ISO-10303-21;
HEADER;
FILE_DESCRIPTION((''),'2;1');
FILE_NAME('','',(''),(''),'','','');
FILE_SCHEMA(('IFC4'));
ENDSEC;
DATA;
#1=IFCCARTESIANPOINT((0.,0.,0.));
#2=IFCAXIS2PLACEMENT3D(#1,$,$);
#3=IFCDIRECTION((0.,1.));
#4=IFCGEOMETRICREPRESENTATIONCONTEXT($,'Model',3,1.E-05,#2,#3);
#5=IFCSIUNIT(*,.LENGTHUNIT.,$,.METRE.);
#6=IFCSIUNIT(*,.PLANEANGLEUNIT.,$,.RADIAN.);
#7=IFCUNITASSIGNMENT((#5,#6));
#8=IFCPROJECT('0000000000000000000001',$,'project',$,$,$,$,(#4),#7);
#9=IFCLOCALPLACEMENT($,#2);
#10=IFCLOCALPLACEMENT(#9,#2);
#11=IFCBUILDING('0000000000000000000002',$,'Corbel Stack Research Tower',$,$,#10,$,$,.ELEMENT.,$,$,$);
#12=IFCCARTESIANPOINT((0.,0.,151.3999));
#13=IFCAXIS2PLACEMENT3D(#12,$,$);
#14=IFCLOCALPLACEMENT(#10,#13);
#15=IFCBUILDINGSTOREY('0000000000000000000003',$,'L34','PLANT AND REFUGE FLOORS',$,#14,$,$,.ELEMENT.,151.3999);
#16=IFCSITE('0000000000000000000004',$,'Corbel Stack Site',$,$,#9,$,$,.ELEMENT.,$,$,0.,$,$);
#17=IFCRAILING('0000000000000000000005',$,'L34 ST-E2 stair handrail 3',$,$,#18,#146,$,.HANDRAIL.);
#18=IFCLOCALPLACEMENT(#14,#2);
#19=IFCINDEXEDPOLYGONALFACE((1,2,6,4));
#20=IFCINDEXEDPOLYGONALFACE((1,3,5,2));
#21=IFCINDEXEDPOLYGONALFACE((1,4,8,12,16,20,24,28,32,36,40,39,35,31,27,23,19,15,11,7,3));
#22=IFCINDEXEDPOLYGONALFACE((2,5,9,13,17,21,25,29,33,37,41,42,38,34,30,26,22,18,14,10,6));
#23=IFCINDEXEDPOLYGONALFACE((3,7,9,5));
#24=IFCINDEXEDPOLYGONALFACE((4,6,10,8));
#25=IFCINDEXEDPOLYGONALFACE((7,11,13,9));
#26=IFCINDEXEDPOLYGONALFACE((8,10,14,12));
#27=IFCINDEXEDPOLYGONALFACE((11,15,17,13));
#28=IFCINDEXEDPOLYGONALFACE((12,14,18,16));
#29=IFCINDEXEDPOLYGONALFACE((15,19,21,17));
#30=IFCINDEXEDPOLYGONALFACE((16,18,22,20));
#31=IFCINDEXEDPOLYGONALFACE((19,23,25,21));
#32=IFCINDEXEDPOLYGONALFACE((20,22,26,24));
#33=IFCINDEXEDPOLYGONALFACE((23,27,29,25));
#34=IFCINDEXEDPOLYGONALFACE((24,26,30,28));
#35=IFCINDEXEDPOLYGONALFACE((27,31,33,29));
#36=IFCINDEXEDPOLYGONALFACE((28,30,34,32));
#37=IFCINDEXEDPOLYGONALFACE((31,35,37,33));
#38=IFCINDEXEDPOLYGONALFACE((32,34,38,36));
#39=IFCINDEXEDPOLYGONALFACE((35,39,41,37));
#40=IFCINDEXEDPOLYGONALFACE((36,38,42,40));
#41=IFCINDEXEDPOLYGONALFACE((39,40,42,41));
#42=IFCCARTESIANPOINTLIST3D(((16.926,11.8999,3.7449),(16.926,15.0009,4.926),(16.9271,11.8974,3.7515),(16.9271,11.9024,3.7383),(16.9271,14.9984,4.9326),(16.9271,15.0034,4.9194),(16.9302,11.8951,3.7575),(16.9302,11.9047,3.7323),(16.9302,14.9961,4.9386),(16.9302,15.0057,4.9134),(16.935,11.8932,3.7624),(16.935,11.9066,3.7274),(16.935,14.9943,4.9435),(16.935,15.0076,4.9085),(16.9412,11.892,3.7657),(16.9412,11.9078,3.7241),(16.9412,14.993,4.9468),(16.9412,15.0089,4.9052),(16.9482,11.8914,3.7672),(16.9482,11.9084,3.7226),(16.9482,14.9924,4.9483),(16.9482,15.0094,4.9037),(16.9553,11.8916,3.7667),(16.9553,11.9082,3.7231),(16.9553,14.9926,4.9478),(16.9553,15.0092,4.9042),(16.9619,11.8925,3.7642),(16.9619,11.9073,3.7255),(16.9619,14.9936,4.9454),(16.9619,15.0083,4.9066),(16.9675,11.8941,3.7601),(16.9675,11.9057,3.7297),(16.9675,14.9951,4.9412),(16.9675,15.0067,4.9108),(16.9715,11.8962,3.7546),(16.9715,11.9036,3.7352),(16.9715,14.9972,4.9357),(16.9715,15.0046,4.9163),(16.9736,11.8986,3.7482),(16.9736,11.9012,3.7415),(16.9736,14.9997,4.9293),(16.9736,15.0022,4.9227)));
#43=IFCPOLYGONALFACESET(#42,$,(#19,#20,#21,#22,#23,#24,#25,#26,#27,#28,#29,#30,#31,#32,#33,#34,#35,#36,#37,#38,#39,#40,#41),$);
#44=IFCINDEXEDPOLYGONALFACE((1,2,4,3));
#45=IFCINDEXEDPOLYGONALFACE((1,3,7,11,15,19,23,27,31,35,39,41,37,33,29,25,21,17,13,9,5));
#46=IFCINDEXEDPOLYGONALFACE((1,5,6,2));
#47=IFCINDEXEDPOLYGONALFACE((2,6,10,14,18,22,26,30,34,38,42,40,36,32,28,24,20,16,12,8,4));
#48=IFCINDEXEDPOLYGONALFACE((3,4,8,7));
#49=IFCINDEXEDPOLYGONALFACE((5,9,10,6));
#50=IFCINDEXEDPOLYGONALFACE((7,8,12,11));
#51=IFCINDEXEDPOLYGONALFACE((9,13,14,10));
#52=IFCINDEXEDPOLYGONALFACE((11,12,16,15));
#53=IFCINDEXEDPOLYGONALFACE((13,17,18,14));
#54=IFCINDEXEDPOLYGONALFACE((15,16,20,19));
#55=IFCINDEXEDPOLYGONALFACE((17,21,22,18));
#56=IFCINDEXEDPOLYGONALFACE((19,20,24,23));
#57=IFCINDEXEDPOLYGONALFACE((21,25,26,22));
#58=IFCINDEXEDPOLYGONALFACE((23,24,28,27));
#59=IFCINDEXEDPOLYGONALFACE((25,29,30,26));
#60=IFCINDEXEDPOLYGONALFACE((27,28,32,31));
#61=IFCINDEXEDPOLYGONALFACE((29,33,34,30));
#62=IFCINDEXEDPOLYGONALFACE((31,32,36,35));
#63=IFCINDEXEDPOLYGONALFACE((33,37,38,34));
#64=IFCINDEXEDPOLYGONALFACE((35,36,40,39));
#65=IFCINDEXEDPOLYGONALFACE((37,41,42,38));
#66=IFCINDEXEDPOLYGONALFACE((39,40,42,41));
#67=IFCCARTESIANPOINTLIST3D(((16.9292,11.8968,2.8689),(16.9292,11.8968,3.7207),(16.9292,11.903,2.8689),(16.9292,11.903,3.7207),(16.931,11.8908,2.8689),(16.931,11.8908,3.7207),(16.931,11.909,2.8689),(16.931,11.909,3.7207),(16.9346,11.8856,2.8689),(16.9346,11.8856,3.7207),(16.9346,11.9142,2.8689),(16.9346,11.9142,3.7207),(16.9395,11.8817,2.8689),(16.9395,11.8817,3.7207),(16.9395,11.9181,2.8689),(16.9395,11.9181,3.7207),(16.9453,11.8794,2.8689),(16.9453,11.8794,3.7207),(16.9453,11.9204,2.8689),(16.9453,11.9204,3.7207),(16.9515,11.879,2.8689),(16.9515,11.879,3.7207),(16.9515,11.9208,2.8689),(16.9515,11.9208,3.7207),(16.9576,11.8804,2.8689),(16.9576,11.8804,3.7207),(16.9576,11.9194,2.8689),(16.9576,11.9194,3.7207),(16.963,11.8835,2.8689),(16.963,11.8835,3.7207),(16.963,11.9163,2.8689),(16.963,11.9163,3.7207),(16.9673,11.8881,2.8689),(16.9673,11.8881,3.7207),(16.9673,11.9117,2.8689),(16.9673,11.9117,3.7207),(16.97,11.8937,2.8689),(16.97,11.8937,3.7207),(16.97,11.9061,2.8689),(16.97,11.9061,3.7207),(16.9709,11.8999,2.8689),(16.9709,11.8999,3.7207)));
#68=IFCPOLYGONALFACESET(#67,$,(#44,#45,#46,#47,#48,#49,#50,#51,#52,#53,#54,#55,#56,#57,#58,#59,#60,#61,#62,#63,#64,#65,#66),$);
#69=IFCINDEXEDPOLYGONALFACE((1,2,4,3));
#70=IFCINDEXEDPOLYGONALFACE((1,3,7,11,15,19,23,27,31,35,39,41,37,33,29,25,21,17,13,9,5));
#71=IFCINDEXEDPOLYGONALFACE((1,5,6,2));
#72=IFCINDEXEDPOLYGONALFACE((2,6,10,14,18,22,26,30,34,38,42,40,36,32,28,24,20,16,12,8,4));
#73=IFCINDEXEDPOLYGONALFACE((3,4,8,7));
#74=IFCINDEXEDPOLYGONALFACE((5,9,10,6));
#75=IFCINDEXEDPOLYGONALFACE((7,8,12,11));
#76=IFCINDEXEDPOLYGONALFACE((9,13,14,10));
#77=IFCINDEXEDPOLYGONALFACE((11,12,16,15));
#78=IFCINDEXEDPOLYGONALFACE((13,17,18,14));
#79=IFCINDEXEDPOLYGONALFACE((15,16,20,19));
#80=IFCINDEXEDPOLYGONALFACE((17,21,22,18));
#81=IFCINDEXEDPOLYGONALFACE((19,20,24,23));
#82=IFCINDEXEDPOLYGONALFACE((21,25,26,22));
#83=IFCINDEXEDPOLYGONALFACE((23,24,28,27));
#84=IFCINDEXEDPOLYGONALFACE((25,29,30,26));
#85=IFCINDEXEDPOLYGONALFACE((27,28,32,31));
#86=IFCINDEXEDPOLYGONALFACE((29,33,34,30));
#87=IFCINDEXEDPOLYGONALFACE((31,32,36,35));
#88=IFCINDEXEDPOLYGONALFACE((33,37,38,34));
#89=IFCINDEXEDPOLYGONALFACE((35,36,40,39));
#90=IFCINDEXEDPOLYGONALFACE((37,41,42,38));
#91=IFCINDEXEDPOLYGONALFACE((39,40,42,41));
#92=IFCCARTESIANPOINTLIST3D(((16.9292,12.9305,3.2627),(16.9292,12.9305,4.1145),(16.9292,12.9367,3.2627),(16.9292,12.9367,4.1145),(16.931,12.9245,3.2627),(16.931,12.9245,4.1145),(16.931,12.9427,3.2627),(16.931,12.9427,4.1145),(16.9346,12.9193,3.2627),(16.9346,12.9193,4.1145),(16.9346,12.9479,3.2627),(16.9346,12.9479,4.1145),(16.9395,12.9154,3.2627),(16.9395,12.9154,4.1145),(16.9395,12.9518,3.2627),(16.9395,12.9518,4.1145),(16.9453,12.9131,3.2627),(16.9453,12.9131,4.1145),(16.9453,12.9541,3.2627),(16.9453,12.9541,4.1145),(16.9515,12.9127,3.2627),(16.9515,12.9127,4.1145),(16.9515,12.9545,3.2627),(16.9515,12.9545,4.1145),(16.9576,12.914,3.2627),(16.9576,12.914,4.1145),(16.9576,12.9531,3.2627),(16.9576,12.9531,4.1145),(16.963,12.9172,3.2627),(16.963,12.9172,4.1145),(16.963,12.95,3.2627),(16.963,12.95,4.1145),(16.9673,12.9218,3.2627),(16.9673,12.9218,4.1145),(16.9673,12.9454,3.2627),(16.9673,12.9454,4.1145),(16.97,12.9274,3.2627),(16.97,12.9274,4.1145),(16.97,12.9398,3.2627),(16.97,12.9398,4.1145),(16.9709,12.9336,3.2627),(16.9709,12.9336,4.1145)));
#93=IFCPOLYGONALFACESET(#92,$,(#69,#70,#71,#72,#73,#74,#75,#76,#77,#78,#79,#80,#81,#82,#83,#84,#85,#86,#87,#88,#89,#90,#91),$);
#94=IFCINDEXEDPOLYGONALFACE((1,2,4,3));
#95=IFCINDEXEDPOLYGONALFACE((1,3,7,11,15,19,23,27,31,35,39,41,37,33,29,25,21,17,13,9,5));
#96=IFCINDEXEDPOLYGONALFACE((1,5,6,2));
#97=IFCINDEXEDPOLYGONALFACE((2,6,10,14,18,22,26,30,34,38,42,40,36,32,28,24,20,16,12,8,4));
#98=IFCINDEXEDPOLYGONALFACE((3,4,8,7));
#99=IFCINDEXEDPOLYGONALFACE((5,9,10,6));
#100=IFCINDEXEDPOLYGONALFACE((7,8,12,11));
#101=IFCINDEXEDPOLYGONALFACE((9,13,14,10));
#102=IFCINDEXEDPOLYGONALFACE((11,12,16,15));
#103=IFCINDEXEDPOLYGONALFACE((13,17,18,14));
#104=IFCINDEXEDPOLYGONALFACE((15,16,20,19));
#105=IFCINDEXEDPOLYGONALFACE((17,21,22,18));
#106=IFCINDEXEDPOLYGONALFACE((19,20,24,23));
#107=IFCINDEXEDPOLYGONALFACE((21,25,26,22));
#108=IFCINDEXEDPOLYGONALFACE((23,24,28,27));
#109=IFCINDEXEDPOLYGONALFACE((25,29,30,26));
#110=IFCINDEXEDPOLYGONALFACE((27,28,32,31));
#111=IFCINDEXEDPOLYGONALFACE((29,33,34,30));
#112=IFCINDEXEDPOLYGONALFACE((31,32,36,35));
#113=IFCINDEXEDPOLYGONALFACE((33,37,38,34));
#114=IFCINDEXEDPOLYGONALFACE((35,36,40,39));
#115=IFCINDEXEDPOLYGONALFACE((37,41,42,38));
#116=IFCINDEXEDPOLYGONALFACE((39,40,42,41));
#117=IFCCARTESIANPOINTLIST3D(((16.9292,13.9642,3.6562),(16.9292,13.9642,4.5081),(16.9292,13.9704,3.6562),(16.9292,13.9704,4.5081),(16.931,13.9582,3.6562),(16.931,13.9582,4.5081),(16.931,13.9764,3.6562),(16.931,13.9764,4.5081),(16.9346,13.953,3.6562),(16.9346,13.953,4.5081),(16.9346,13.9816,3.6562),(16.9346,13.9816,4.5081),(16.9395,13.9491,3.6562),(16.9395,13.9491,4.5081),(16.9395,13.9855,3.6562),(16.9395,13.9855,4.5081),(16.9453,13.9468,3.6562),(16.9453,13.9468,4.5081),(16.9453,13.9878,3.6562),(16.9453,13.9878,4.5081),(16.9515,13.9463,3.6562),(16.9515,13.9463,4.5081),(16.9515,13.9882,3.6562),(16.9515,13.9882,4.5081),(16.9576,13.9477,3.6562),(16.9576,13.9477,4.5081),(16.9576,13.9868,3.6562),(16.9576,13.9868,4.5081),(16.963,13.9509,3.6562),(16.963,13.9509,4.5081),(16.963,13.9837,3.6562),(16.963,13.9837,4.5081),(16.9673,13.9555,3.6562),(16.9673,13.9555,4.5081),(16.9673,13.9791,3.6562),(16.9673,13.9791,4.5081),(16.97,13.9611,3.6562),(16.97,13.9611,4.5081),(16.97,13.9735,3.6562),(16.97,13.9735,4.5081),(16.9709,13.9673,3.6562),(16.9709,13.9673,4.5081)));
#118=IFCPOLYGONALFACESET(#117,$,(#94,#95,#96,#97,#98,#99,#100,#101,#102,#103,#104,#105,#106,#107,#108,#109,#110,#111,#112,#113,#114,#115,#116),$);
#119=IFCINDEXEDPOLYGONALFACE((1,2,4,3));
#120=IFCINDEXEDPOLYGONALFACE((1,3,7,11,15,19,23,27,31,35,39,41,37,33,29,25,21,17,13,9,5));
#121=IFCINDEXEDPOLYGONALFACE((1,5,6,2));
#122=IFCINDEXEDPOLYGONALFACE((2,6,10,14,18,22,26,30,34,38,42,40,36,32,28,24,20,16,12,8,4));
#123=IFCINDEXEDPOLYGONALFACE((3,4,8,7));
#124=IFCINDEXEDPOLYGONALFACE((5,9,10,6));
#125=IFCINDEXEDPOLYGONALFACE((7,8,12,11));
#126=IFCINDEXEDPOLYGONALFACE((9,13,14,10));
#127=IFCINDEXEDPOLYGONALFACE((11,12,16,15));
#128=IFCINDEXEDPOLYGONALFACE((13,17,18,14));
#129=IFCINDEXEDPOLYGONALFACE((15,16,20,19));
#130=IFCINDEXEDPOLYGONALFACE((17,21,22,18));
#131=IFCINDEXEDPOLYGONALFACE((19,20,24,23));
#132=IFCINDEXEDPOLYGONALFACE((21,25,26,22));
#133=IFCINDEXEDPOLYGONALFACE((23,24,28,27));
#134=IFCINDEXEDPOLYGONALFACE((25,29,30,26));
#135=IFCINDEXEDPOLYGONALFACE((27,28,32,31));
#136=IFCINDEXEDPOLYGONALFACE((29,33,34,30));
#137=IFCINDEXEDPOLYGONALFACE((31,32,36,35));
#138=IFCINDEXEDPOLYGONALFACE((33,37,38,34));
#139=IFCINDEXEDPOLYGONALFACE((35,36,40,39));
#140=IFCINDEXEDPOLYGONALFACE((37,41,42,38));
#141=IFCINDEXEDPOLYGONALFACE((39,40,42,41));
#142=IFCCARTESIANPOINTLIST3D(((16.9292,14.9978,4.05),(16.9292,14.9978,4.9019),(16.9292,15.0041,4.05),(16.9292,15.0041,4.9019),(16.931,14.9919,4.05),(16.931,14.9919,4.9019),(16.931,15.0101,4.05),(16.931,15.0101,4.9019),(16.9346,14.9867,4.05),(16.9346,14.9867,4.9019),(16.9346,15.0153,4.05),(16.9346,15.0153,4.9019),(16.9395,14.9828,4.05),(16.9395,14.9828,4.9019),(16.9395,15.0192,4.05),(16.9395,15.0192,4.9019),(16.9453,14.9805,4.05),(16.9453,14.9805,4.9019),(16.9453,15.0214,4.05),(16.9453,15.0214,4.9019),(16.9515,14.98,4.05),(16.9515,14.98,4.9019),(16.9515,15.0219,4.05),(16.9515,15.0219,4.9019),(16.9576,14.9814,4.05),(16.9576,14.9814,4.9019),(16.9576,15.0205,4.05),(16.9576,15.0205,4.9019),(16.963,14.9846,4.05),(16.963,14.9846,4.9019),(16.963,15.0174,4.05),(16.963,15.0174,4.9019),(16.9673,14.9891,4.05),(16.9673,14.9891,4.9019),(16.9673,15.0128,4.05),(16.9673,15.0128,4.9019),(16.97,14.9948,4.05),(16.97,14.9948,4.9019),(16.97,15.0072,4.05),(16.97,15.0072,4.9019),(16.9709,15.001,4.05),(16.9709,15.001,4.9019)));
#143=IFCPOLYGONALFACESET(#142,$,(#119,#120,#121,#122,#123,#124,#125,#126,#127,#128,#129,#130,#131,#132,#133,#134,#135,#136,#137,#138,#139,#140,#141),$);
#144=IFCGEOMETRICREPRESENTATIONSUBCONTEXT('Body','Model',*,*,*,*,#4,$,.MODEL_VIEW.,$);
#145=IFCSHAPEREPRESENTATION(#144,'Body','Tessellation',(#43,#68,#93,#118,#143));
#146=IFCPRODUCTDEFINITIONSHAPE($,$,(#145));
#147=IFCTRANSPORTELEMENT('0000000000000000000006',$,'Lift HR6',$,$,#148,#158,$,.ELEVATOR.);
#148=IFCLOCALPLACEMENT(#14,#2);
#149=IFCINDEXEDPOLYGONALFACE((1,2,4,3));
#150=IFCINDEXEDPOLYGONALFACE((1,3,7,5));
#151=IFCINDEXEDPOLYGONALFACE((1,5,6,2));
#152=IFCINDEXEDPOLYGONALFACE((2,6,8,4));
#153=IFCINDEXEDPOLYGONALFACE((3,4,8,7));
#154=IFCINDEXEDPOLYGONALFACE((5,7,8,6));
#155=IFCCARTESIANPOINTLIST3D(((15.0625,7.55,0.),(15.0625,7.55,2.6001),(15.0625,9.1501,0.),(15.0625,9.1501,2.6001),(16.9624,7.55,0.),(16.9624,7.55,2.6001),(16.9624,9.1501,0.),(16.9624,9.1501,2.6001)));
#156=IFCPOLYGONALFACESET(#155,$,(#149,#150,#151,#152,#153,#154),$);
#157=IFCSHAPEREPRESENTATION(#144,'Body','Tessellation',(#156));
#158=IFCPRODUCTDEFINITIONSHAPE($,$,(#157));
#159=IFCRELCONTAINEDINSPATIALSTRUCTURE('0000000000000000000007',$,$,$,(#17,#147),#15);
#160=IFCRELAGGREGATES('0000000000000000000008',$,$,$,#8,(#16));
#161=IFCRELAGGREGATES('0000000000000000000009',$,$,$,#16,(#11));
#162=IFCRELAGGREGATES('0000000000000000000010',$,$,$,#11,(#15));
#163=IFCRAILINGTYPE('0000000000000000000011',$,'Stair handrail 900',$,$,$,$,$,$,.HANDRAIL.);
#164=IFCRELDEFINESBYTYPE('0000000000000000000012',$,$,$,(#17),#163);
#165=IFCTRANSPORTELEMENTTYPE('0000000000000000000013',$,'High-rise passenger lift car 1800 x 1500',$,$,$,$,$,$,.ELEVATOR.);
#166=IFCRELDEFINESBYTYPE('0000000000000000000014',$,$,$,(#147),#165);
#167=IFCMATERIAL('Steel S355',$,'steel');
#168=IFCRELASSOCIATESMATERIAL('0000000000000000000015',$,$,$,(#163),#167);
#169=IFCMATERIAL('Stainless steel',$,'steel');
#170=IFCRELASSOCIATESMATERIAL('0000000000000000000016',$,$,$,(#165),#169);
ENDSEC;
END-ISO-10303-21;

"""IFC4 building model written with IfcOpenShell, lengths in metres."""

from ifc_helpers import new_model, si_unit, direction, frame, origin, origin_2d, place, context, subcontext, project, spatial, rectangle, circle, extrude, material, type_object, element, save


model = new_model("IFC4")

# Units and contexts
model_context = context("Model", 3, precision=1e-05, world=origin(), true_north=direction((0.0, 1.0)))
body_context = subcontext(model_context, "Body", "Model", "MODEL_VIEW")
ifc_project = project(units=[si_unit("LENGTHUNIT", "METRE"), si_unit("PLANEANGLEUNIT", "RADIAN")], contexts=[model_context])

# Site, building, storey
site_placement = place(None, origin())
site = spatial("IfcSite", under=ifc_project, at=site_placement, Name="Corbel Stack Site", CompositionType="ELEMENT", RefElevation=0.0)
building_placement = place(site_placement, origin())
building = spatial("IfcBuilding", under=site, at=building_placement, Name="Corbel Stack Research Tower", CompositionType="ELEMENT")
storey_placement = place(building_placement, frame((0.0, 0.0, 151.3999)))
storey = spatial("IfcBuildingStorey", under=building, at=storey_placement, Name="L34", Description="PLANT AND REFUGE FLOORS", CompositionType="ELEMENT", Elevation=151.3999)

# Railing
ifc_material_1 = material(Name="Steel S355", Category="steel")
railing_type_1 = type_object("IfcRailingType", Name="Stair handrail 900", PredefinedType="HANDRAIL", material=ifc_material_1)
for number, where, name in (
    (1, (16.95, 11.8999, 2.8689), "L34 ST-E2 stair handrail 3"),
):
    element("IfcRailing", number, at=place(storey_placement, frame(where)), inside=storey, type_object=railing_type_1, Name=name, PredefinedType="HANDRAIL", context=body_context, shape_type="SweptSolid", body=[
        extrude(circle(Radius=0.0239, at=origin_2d()), frame((0.0, 0.0, 0.876), z_axis=(0.0, 0.934509, 0.35594), x_axis=(-1.0, 0.0, 0.0)), (0.0, 0.0, 1.0), 3.3184),
        extrude(circle(Radius=0.021, at=origin_2d()), origin(), (0.0, 0.0, 1.0), 0.8518),
        extrude(circle(Radius=0.021, at=origin_2d()), frame((0.0, 1.0337, 0.3938)), (0.0, 0.0, 1.0), 0.8518),
        extrude(circle(Radius=0.021, at=origin_2d()), frame((0.0, 2.0674, 0.7874)), (0.0, 0.0, 1.0), 0.8518),
        extrude(circle(Radius=0.021, at=origin_2d()), frame((0.0, 3.1011, 1.1812)), (0.0, 0.0, 1.0), 0.8518),
    ])

# Transport element
ifc_material_2 = material(Name="Stainless steel", Category="steel")
transport_element_type = type_object("IfcTransportElementType", Name="High-rise passenger lift car 1800 x 1500", PredefinedType="ELEVATOR", material=ifc_material_2)
transport_element_placement = place(storey_placement, frame((16.0125, 8.3501, 0.0), z_axis=(0.0, 0.0, 1.0), x_axis=(1.0, 0.0, 0.0)))
element("IfcTransportElement", 2, at=transport_element_placement, inside=storey, type_object=transport_element_type, Name="Lift HR6", PredefinedType="ELEVATOR", context=body_context, shape_type="SweptSolid", body=[
    extrude(rectangle(XDim=1.8999, YDim=1.6001, at=origin_2d()), origin(), (0.0, 0.0, 1.0), 2.6001),
])

save(model, "model.ifc")
